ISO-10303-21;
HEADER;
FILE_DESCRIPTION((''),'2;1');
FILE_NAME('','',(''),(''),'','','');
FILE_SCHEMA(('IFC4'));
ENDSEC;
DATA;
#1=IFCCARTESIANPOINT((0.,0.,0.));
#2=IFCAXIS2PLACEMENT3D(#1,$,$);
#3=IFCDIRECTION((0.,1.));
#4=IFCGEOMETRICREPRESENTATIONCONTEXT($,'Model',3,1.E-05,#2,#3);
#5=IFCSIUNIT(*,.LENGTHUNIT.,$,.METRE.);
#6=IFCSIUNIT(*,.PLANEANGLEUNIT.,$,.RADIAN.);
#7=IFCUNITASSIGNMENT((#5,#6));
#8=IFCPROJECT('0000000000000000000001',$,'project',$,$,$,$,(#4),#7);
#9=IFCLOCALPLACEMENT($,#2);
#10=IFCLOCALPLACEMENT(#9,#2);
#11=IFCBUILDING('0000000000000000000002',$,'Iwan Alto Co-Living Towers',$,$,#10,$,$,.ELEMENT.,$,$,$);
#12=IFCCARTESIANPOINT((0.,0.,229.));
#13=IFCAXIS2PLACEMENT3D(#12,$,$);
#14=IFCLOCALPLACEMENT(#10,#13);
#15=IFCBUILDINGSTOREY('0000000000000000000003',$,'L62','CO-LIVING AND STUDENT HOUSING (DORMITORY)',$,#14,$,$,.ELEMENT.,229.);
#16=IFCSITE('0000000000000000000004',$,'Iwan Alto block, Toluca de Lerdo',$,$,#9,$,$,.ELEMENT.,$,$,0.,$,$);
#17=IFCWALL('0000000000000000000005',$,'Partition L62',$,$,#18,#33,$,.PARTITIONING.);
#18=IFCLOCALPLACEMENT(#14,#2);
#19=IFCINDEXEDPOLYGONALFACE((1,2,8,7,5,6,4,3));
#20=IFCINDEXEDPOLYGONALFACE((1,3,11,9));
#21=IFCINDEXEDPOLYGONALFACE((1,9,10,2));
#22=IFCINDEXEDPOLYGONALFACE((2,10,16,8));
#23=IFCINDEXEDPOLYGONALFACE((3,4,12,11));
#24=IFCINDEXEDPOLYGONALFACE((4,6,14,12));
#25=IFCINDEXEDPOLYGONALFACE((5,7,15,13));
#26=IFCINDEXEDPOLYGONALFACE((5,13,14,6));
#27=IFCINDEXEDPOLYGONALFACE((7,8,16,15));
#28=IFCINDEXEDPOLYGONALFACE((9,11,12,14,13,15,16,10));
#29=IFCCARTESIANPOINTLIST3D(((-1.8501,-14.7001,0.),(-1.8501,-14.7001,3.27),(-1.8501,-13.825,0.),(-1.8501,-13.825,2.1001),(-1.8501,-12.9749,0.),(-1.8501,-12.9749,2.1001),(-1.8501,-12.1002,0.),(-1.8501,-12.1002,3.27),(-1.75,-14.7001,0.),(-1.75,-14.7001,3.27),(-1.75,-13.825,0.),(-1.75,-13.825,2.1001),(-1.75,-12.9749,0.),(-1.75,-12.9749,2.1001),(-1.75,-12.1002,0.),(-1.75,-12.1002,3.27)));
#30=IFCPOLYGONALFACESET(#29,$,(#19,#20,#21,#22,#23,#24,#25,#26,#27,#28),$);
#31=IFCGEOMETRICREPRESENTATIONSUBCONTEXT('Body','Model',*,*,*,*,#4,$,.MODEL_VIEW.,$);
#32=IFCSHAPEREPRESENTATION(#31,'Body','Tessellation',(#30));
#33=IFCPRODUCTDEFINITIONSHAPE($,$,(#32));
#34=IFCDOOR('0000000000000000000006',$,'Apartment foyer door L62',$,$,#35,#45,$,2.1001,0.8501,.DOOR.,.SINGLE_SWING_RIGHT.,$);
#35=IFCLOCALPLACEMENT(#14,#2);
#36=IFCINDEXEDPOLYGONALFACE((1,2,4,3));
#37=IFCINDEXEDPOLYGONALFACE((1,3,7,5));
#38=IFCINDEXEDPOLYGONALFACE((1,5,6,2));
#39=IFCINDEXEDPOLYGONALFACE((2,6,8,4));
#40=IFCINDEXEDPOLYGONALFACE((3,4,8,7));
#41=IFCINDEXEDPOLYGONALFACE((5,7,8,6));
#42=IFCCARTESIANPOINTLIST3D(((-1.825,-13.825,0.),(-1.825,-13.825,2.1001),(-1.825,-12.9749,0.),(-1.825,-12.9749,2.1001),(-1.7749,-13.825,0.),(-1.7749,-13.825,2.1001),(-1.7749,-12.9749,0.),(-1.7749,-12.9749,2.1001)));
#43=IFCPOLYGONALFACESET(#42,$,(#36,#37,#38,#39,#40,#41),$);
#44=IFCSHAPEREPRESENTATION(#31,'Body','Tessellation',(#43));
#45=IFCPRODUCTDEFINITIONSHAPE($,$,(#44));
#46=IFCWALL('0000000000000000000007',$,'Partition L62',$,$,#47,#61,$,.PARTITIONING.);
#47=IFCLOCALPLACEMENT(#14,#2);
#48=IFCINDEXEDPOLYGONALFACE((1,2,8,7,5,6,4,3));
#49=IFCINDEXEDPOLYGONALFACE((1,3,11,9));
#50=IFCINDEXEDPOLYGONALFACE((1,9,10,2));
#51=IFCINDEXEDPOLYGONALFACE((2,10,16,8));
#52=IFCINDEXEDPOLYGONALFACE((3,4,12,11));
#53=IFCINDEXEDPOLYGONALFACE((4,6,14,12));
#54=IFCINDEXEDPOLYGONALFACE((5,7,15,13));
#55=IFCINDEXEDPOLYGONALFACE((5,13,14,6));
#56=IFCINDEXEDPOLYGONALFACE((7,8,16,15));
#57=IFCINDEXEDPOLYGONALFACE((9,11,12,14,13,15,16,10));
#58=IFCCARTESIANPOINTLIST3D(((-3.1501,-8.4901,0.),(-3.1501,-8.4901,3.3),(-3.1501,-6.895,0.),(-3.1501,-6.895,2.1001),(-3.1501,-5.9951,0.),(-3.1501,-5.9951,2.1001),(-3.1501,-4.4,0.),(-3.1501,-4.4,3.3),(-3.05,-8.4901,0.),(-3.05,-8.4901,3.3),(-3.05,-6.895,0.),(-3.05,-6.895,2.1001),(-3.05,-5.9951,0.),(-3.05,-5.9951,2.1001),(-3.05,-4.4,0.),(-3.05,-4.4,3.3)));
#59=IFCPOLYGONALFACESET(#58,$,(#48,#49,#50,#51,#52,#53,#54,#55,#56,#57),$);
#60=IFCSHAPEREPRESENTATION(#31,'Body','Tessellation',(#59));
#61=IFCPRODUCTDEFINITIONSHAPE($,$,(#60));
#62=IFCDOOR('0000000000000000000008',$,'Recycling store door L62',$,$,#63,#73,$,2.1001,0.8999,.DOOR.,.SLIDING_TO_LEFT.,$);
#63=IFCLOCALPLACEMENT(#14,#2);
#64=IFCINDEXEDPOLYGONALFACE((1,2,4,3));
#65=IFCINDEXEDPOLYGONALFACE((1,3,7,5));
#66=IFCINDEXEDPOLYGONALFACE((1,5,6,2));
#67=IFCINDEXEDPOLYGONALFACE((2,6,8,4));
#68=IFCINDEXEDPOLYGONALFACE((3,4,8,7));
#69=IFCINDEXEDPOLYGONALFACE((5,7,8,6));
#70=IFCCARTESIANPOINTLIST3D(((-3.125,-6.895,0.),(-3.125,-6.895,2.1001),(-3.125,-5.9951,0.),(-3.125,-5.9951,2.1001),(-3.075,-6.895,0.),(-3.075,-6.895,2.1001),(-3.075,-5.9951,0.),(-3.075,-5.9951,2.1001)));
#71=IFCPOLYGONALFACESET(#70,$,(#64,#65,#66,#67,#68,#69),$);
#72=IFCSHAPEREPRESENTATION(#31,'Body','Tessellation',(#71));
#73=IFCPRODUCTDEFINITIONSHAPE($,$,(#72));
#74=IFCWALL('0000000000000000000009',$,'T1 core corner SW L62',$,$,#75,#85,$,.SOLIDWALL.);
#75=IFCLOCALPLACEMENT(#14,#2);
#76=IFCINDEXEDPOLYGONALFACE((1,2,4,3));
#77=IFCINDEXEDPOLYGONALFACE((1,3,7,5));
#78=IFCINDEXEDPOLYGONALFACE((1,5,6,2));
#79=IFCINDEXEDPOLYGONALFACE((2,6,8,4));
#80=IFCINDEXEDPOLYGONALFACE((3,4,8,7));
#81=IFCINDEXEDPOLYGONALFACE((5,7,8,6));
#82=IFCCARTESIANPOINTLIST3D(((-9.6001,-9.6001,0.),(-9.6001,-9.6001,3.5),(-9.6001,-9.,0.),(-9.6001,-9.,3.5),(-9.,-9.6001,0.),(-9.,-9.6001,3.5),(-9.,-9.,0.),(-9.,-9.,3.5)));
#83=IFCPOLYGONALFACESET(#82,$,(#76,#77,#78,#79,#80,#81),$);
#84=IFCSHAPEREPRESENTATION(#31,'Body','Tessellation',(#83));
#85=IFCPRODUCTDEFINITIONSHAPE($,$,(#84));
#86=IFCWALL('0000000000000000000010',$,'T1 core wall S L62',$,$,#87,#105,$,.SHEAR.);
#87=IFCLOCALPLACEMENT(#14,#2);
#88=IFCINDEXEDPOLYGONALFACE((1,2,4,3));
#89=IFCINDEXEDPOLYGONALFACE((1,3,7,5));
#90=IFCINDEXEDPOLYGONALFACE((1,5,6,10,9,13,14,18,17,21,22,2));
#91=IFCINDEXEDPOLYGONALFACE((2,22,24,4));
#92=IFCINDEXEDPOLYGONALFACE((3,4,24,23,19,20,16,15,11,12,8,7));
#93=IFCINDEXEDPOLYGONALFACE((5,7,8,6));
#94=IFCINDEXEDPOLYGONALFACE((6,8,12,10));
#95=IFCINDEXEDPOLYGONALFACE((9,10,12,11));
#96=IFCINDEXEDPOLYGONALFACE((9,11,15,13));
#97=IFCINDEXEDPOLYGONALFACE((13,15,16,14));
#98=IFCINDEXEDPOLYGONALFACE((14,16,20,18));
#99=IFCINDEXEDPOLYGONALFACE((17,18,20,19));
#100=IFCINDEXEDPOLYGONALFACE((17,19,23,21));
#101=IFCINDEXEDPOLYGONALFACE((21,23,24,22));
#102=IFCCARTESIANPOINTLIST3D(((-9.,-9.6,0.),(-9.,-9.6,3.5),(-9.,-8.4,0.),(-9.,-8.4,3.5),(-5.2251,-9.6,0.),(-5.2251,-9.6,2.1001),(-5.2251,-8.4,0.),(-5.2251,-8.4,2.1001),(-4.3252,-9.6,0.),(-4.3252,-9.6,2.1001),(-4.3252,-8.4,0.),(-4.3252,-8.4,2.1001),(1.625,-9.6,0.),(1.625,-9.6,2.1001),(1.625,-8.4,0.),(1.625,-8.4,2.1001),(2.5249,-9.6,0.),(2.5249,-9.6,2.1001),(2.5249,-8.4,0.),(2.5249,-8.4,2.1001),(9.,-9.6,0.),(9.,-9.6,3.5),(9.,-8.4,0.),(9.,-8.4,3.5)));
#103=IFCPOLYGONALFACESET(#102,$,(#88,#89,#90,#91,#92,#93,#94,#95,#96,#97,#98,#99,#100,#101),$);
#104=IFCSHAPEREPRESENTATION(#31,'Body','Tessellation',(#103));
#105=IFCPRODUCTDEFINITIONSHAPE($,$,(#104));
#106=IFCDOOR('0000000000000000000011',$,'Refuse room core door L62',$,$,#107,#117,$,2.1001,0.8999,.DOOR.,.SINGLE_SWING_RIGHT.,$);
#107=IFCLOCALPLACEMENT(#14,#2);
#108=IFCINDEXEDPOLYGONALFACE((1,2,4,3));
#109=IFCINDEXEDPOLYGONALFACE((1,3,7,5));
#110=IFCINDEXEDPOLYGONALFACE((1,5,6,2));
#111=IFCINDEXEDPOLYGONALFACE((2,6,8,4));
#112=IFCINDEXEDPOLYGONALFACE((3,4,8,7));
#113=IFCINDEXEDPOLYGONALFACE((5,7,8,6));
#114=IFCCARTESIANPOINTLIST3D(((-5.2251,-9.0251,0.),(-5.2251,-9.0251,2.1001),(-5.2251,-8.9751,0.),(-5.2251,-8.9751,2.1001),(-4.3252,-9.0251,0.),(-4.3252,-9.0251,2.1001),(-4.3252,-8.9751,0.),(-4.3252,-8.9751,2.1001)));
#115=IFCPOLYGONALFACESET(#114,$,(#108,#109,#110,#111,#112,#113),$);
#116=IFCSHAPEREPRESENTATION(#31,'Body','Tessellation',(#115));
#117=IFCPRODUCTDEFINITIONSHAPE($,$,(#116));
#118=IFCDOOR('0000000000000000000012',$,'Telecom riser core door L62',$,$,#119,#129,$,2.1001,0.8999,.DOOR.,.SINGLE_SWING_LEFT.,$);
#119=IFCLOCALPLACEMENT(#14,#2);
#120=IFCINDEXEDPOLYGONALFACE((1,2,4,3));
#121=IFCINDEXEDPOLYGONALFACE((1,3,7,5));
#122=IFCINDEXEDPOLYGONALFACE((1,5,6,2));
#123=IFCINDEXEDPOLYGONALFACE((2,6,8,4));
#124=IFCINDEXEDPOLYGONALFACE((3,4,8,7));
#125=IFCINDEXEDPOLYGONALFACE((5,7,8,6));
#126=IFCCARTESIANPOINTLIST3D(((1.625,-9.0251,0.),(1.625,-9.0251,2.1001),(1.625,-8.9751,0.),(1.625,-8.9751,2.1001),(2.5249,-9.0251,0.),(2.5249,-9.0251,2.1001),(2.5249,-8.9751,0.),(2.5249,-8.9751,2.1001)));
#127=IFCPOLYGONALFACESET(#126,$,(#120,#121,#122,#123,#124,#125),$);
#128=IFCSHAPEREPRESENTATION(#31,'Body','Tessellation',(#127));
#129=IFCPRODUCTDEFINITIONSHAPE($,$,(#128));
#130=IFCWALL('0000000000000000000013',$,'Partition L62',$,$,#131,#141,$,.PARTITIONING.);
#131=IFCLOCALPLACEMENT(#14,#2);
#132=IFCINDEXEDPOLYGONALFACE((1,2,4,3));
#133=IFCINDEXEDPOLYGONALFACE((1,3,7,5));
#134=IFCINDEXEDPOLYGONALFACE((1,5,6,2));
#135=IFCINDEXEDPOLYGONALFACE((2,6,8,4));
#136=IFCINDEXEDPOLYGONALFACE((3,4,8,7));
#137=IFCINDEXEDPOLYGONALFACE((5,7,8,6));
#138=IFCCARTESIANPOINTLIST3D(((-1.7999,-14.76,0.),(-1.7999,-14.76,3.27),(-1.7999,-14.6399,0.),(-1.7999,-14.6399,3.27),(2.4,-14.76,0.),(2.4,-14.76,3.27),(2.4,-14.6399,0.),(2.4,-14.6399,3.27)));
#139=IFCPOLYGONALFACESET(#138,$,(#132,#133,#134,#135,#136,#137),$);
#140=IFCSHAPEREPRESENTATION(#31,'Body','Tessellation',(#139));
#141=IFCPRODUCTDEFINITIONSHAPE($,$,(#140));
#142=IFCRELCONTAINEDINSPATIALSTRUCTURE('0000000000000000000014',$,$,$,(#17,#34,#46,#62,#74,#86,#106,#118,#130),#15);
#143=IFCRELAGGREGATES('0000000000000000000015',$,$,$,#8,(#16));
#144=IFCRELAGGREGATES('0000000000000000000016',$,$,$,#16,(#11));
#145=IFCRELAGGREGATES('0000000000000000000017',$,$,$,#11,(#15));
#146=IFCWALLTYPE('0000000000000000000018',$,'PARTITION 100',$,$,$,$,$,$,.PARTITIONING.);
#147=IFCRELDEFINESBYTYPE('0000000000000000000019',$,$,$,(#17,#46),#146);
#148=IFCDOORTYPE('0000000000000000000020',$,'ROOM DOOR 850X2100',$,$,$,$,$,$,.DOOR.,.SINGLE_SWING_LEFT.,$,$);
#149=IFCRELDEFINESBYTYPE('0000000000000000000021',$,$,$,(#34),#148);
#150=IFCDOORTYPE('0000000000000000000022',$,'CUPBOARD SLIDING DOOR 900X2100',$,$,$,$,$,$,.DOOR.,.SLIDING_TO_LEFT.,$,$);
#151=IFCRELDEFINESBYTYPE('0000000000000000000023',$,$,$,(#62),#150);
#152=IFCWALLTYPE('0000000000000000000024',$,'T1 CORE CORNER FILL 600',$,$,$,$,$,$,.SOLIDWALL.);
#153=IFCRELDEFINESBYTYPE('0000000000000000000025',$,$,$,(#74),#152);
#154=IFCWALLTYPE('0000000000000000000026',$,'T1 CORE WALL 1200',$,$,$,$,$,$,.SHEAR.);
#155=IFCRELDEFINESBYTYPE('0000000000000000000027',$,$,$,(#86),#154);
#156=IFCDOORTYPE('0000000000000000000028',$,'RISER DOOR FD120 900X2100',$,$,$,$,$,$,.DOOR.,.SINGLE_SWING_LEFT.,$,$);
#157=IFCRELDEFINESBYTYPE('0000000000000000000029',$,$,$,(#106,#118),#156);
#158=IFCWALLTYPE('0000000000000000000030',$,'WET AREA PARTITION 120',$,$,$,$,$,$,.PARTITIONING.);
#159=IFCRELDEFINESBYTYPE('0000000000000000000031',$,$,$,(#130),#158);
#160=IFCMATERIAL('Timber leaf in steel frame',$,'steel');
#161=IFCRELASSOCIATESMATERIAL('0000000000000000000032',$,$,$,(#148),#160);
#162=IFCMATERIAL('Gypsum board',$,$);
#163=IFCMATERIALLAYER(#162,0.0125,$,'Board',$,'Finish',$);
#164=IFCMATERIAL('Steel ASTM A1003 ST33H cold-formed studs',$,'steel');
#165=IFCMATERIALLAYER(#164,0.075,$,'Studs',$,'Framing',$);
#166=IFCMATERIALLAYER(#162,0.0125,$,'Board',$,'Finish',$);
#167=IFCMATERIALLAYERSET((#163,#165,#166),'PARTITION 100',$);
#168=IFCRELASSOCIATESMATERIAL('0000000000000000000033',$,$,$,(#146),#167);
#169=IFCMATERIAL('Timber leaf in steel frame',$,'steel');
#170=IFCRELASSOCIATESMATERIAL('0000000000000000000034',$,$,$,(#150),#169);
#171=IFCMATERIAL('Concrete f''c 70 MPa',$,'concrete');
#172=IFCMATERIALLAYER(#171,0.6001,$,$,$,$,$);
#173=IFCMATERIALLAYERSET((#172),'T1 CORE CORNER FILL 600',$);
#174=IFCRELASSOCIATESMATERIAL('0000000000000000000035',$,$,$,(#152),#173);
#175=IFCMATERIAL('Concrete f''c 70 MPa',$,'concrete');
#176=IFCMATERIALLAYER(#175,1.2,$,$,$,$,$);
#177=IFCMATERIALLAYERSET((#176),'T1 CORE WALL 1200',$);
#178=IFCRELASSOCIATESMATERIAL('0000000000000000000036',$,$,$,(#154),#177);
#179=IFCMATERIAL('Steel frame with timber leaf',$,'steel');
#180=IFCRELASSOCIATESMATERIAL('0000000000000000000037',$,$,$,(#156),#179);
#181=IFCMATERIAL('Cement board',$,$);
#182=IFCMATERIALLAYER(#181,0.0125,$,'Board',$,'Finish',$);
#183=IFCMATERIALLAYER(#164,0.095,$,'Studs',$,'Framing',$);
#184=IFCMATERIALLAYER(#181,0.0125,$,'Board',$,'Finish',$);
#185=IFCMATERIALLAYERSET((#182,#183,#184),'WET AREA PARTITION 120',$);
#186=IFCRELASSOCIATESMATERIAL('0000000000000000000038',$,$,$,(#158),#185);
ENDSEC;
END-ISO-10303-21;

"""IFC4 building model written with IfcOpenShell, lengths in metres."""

from ifc_helpers import new_model, si_unit, direction, frame, frame_2d, origin, place, context, subcontext, project, spatial, rectangle, extrude, material, layer, layer_set, type_object, element, fill, save


model = new_model("IFC4")

# Units and contexts
model_context = context("Model", 3, precision=1e-05, world=origin(), true_north=direction((0.0, 1.0)))
body_context = subcontext(model_context, "Body", "Model", "MODEL_VIEW")
ifc_project = project(units=[si_unit("LENGTHUNIT", "METRE"), si_unit("PLANEANGLEUNIT", "RADIAN")], contexts=[model_context])

# Site, building, storey
site_placement = place(None, origin())
site = spatial("IfcSite", under=ifc_project, at=site_placement, Name="Iwan Alto block, Toluca de Lerdo", CompositionType="ELEMENT", RefElevation=0.0)
building_placement = place(site_placement, origin())
building = spatial("IfcBuilding", under=site, at=building_placement, Name="Iwan Alto Co-Living Towers", CompositionType="ELEMENT")
storey_placement = place(building_placement, frame((0.0, 0.0, 229.0)))
storey = spatial("IfcBuildingStorey", under=building, at=storey_placement, Name="L62", Description="CO-LIVING AND STUDENT HOUSING (DORMITORY)", CompositionType="ELEMENT", Elevation=229.0)

# Shared definitions
ifc_material_1 = material(Name="Gypsum board")
ifc_material_2 = material(Name="Steel ASTM A1003 ST33H cold-formed studs", Category="steel")
ifc_material_3 = material(Name="Timber leaf in steel frame", Category="steel")
door_type_1 = type_object("IfcDoorType", Name="ROOM DOOR 850X2100", OperationType="SINGLE_SWING_LEFT", PredefinedType="DOOR", material=ifc_material_3)

# Walls, openings, doors
ifc_layer_1 = layer(ifc_material_1, 0.0125, Name="Board", Category="Finish")
ifc_layer_2 = layer(ifc_material_2, 0.075, Name="Studs", Category="Framing")
ifc_layer_3 = layer(ifc_material_1, 0.0125, Name="Board", Category="Finish")
ifc_layer_set_1 = layer_set([ifc_layer_1, ifc_layer_2, ifc_layer_3], Name="PARTITION 100")
wall_type_1 = type_object("IfcWallType", Name="PARTITION 100", PredefinedType="PARTITIONING", material=ifc_layer_set_1)
wall_1_placement = place(storey_placement, frame((-1.8, -14.7, 0.0), z_axis=(0.0, 0.0, 1.0), x_axis=(0.0, 1.0, 0.0)))
wall_1 = element("IfcWall", 1, at=wall_1_placement, inside=storey, type_object=wall_type_1, Name="Partition L62", PredefinedType="PARTITIONING", context=body_context, shape_type="SweptSolid", body=[
    extrude(rectangle(XDim=2.5999, YDim=0.1001, at=frame_2d((1.2998, 0.0))), origin(), (0.0, 0.0, 1.0), 3.27),
])
opening_1_placement = place(wall_1_placement, frame((0.875, 0.0, 0.0)))
opening_1 = element("IfcOpeningElement", 2, at=opening_1_placement, cuts=wall_1, PredefinedType="OPENING", context=body_context, shape_type="SweptSolid", body=[
    extrude(rectangle(XDim=0.8501, YDim=2.1001, at=frame_2d((0.425, 1.05))), frame((0.0, 0.0601, 0.0), z_axis=(0.0, -1.0, 0.0), x_axis=(1.0, 0.0, 0.0)), (0.0, 0.0, 1.0), 0.1201),
])
door_1_placement = place(opening_1_placement, origin())
door_1 = element("IfcDoor", 3, at=door_1_placement, inside=storey, type_object=door_type_1, Name="Apartment foyer door L62", OperationType="SINGLE_SWING_RIGHT", OverallHeight=2.1001, OverallWidth=0.8501, PredefinedType="DOOR", context=body_context, shape_type="SweptSolid", body=[
    extrude(rectangle(XDim=0.8501, YDim=2.1001, at=frame_2d((0.425, 1.05))), frame((0.0, 0.0249, 0.0), z_axis=(0.0, -1.0, 0.0), x_axis=(1.0, 0.0, 0.0)), (0.0, 0.0, 1.0), 0.05),
])
fill(opening_1, door_1)
wall_2_placement = place(storey_placement, frame((-3.1001, -8.49, 0.0), z_axis=(0.0, 0.0, 1.0), x_axis=(0.0, 1.0, 0.0)))
wall_2 = element("IfcWall", 4, at=wall_2_placement, inside=storey, type_object=wall_type_1, Name="Partition L62", PredefinedType="PARTITIONING", context=body_context, shape_type="SweptSolid", body=[
    extrude(rectangle(XDim=4.0901, YDim=0.1001, at=frame_2d((2.0449, 0.0))), origin(), (0.0, 0.0, 1.0), 3.3),
])
opening_2_placement = place(wall_2_placement, frame((1.595, 0.0, 0.0)))
opening_2 = element("IfcOpeningElement", 5, at=opening_2_placement, cuts=wall_2, PredefinedType="OPENING", context=body_context, shape_type="SweptSolid", body=[
    extrude(rectangle(XDim=0.8999, YDim=2.1001, at=frame_2d((0.45, 1.05))), frame((0.0, 0.0601, 0.0), z_axis=(0.0, -1.0, 0.0), x_axis=(1.0, 0.0, 0.0)), (0.0, 0.0, 1.0), 0.1201),
])
ifc_material_4 = material(Name="Timber leaf in steel frame", Category="steel")
door_type_2 = type_object("IfcDoorType", Name="CUPBOARD SLIDING DOOR 900X2100", OperationType="SLIDING_TO_LEFT", PredefinedType="DOOR", material=ifc_material_4)
door_2_placement = place(opening_2_placement, origin())
door_2 = element("IfcDoor", 6, at=door_2_placement, inside=storey, type_object=door_type_2, Name="Recycling store door L62", OperationType="SLIDING_TO_LEFT", OverallHeight=2.1001, OverallWidth=0.8999, PredefinedType="DOOR", context=body_context, shape_type="SweptSolid", body=[
    extrude(rectangle(XDim=0.8999, YDim=2.1001, at=frame_2d((0.45, 1.05))), frame((0.0, 0.0249, 0.0), z_axis=(0.0, -1.0, 0.0), x_axis=(1.0, 0.0, 0.0)), (0.0, 0.0, 1.0), 0.05),
])
fill(opening_2, door_2)

# Wall
ifc_material_5 = material(Name="Concrete f'c 70 MPa", Category="concrete")
ifc_layer_4 = layer(ifc_material_5, 0.6001)
ifc_layer_set_2 = layer_set([ifc_layer_4], Name="T1 CORE CORNER FILL 600")
wall_type_2 = type_object("IfcWallType", Name="T1 CORE CORNER FILL 600", PredefinedType="SOLIDWALL", material=ifc_layer_set_2)
wall_3_placement = place(storey_placement, frame((-9.6001, -9.3, 0.0), z_axis=(0.0, 0.0, 1.0), x_axis=(1.0, 0.0, 0.0)))
element("IfcWall", 7, at=wall_3_placement, inside=storey, type_object=wall_type_2, Name="T1 core corner SW L62", PredefinedType="SOLIDWALL", context=body_context, shape_type="SweptSolid", body=[
    extrude(rectangle(XDim=0.6001, YDim=0.6001, at=frame_2d((0.3, 0.0))), origin(), (0.0, 0.0, 1.0), 3.5),
])

# Wall, openings, doors
ifc_material_6 = material(Name="Concrete f'c 70 MPa", Category="concrete")
ifc_layer_5 = layer(ifc_material_6, 1.2)
ifc_layer_set_3 = layer_set([ifc_layer_5], Name="T1 CORE WALL 1200")
wall_type_3 = type_object("IfcWallType", Name="T1 CORE WALL 1200", PredefinedType="SHEAR", material=ifc_layer_set_3)
wall_4_placement = place(storey_placement, frame((-9.0, -9.0, 0.0), z_axis=(0.0, 0.0, 1.0), x_axis=(1.0, 0.0, 0.0)))
wall_4 = element("IfcWall", 8, at=wall_4_placement, inside=storey, type_object=wall_type_3, Name="T1 core wall S L62", PredefinedType="SHEAR", context=body_context, shape_type="SweptSolid", body=[
    extrude(rectangle(XDim=18.0, YDim=1.2, at=frame_2d((9.0, 0.0))), origin(), (0.0, 0.0, 1.0), 3.5),
])
opening_3_placement = place(wall_4_placement, frame((3.7749, 0.0, 0.0)))
opening_3 = element("IfcOpeningElement", 9, at=opening_3_placement, cuts=wall_4, PredefinedType="OPENING", context=body_context, shape_type="SweptSolid", body=[
    extrude(rectangle(XDim=0.8999, YDim=2.1001, at=frame_2d((0.45, 1.05))), frame((0.0, 0.6099, 0.0), z_axis=(0.0, -1.0, 0.0), x_axis=(1.0, 0.0, 0.0)), (0.0, 0.0, 1.0), 1.22),
])
opening_4_placement = place(wall_4_placement, frame((10.625, 0.0, 0.0)))
opening_4 = element("IfcOpeningElement", 10, at=opening_4_placement, cuts=wall_4, PredefinedType="OPENING", context=body_context, shape_type="SweptSolid", body=[
    extrude(rectangle(XDim=0.8999, YDim=2.1001, at=frame_2d((0.45, 1.05))), frame((0.0, 0.6099, 0.0), z_axis=(0.0, -1.0, 0.0), x_axis=(1.0, 0.0, 0.0)), (0.0, 0.0, 1.0), 1.22),
])
ifc_material_7 = material(Name="Steel frame with timber leaf", Category="steel")
door_type_3 = type_object("IfcDoorType", Name="RISER DOOR FD120 900X2100", OperationType="SINGLE_SWING_LEFT", PredefinedType="DOOR", material=ifc_material_7)
door_3_placement = place(opening_3_placement, origin())
door_3 = element("IfcDoor", 11, at=door_3_placement, inside=storey, type_object=door_type_3, Name="Refuse room core door L62", OperationType="SINGLE_SWING_RIGHT", OverallHeight=2.1001, OverallWidth=0.8999, PredefinedType="DOOR", context=body_context, shape_type="SweptSolid", body=[
    extrude(rectangle(XDim=0.8999, YDim=2.1001, at=frame_2d((0.45, 1.05))), frame((0.0, 0.0249, 0.0), z_axis=(0.0, -1.0, 0.0), x_axis=(1.0, 0.0, 0.0)), (0.0, 0.0, 1.0), 0.05),
])
fill(opening_3, door_3)
door_4_placement = place(opening_4_placement, origin())
door_4 = element("IfcDoor", 12, at=door_4_placement, inside=storey, type_object=door_type_3, Name="Telecom riser core door L62", OperationType="SINGLE_SWING_LEFT", OverallHeight=2.1001, OverallWidth=0.8999, PredefinedType="DOOR", context=body_context, shape_type="SweptSolid", body=[
    extrude(rectangle(XDim=0.8999, YDim=2.1001, at=frame_2d((0.45, 1.05))), frame((0.0, 0.0249, 0.0), z_axis=(0.0, -1.0, 0.0), x_axis=(1.0, 0.0, 0.0)), (0.0, 0.0, 1.0), 0.05),
])
fill(opening_4, door_4)

# Wall
ifc_material_8 = material(Name="Cement board")
ifc_layer_6 = layer(ifc_material_8, 0.0125, Name="Board", Category="Finish")
ifc_layer_7 = layer(ifc_material_2, 0.095, Name="Studs", Category="Framing")
ifc_layer_8 = layer(ifc_material_8, 0.0125, Name="Board", Category="Finish")
ifc_layer_set_4 = layer_set([ifc_layer_6, ifc_layer_7, ifc_layer_8], Name="WET AREA PARTITION 120")
wall_type_4 = type_object("IfcWallType", Name="WET AREA PARTITION 120", PredefinedType="PARTITIONING", material=ifc_layer_set_4)
wall_5_placement = place(storey_placement, frame((-1.8, -14.7, 0.0), z_axis=(0.0, 0.0, 1.0), x_axis=(1.0, 0.0, 0.0)))
element("IfcWall", 13, at=wall_5_placement, inside=storey, type_object=wall_type_4, Name="Partition L62", PredefinedType="PARTITIONING", context=body_context, shape_type="SweptSolid", body=[
    extrude(rectangle(XDim=4.2, YDim=0.1201, at=frame_2d((2.1001, 0.0))), origin(), (0.0, 0.0, 1.0), 3.27),
])

save(model, "model.ifc")
